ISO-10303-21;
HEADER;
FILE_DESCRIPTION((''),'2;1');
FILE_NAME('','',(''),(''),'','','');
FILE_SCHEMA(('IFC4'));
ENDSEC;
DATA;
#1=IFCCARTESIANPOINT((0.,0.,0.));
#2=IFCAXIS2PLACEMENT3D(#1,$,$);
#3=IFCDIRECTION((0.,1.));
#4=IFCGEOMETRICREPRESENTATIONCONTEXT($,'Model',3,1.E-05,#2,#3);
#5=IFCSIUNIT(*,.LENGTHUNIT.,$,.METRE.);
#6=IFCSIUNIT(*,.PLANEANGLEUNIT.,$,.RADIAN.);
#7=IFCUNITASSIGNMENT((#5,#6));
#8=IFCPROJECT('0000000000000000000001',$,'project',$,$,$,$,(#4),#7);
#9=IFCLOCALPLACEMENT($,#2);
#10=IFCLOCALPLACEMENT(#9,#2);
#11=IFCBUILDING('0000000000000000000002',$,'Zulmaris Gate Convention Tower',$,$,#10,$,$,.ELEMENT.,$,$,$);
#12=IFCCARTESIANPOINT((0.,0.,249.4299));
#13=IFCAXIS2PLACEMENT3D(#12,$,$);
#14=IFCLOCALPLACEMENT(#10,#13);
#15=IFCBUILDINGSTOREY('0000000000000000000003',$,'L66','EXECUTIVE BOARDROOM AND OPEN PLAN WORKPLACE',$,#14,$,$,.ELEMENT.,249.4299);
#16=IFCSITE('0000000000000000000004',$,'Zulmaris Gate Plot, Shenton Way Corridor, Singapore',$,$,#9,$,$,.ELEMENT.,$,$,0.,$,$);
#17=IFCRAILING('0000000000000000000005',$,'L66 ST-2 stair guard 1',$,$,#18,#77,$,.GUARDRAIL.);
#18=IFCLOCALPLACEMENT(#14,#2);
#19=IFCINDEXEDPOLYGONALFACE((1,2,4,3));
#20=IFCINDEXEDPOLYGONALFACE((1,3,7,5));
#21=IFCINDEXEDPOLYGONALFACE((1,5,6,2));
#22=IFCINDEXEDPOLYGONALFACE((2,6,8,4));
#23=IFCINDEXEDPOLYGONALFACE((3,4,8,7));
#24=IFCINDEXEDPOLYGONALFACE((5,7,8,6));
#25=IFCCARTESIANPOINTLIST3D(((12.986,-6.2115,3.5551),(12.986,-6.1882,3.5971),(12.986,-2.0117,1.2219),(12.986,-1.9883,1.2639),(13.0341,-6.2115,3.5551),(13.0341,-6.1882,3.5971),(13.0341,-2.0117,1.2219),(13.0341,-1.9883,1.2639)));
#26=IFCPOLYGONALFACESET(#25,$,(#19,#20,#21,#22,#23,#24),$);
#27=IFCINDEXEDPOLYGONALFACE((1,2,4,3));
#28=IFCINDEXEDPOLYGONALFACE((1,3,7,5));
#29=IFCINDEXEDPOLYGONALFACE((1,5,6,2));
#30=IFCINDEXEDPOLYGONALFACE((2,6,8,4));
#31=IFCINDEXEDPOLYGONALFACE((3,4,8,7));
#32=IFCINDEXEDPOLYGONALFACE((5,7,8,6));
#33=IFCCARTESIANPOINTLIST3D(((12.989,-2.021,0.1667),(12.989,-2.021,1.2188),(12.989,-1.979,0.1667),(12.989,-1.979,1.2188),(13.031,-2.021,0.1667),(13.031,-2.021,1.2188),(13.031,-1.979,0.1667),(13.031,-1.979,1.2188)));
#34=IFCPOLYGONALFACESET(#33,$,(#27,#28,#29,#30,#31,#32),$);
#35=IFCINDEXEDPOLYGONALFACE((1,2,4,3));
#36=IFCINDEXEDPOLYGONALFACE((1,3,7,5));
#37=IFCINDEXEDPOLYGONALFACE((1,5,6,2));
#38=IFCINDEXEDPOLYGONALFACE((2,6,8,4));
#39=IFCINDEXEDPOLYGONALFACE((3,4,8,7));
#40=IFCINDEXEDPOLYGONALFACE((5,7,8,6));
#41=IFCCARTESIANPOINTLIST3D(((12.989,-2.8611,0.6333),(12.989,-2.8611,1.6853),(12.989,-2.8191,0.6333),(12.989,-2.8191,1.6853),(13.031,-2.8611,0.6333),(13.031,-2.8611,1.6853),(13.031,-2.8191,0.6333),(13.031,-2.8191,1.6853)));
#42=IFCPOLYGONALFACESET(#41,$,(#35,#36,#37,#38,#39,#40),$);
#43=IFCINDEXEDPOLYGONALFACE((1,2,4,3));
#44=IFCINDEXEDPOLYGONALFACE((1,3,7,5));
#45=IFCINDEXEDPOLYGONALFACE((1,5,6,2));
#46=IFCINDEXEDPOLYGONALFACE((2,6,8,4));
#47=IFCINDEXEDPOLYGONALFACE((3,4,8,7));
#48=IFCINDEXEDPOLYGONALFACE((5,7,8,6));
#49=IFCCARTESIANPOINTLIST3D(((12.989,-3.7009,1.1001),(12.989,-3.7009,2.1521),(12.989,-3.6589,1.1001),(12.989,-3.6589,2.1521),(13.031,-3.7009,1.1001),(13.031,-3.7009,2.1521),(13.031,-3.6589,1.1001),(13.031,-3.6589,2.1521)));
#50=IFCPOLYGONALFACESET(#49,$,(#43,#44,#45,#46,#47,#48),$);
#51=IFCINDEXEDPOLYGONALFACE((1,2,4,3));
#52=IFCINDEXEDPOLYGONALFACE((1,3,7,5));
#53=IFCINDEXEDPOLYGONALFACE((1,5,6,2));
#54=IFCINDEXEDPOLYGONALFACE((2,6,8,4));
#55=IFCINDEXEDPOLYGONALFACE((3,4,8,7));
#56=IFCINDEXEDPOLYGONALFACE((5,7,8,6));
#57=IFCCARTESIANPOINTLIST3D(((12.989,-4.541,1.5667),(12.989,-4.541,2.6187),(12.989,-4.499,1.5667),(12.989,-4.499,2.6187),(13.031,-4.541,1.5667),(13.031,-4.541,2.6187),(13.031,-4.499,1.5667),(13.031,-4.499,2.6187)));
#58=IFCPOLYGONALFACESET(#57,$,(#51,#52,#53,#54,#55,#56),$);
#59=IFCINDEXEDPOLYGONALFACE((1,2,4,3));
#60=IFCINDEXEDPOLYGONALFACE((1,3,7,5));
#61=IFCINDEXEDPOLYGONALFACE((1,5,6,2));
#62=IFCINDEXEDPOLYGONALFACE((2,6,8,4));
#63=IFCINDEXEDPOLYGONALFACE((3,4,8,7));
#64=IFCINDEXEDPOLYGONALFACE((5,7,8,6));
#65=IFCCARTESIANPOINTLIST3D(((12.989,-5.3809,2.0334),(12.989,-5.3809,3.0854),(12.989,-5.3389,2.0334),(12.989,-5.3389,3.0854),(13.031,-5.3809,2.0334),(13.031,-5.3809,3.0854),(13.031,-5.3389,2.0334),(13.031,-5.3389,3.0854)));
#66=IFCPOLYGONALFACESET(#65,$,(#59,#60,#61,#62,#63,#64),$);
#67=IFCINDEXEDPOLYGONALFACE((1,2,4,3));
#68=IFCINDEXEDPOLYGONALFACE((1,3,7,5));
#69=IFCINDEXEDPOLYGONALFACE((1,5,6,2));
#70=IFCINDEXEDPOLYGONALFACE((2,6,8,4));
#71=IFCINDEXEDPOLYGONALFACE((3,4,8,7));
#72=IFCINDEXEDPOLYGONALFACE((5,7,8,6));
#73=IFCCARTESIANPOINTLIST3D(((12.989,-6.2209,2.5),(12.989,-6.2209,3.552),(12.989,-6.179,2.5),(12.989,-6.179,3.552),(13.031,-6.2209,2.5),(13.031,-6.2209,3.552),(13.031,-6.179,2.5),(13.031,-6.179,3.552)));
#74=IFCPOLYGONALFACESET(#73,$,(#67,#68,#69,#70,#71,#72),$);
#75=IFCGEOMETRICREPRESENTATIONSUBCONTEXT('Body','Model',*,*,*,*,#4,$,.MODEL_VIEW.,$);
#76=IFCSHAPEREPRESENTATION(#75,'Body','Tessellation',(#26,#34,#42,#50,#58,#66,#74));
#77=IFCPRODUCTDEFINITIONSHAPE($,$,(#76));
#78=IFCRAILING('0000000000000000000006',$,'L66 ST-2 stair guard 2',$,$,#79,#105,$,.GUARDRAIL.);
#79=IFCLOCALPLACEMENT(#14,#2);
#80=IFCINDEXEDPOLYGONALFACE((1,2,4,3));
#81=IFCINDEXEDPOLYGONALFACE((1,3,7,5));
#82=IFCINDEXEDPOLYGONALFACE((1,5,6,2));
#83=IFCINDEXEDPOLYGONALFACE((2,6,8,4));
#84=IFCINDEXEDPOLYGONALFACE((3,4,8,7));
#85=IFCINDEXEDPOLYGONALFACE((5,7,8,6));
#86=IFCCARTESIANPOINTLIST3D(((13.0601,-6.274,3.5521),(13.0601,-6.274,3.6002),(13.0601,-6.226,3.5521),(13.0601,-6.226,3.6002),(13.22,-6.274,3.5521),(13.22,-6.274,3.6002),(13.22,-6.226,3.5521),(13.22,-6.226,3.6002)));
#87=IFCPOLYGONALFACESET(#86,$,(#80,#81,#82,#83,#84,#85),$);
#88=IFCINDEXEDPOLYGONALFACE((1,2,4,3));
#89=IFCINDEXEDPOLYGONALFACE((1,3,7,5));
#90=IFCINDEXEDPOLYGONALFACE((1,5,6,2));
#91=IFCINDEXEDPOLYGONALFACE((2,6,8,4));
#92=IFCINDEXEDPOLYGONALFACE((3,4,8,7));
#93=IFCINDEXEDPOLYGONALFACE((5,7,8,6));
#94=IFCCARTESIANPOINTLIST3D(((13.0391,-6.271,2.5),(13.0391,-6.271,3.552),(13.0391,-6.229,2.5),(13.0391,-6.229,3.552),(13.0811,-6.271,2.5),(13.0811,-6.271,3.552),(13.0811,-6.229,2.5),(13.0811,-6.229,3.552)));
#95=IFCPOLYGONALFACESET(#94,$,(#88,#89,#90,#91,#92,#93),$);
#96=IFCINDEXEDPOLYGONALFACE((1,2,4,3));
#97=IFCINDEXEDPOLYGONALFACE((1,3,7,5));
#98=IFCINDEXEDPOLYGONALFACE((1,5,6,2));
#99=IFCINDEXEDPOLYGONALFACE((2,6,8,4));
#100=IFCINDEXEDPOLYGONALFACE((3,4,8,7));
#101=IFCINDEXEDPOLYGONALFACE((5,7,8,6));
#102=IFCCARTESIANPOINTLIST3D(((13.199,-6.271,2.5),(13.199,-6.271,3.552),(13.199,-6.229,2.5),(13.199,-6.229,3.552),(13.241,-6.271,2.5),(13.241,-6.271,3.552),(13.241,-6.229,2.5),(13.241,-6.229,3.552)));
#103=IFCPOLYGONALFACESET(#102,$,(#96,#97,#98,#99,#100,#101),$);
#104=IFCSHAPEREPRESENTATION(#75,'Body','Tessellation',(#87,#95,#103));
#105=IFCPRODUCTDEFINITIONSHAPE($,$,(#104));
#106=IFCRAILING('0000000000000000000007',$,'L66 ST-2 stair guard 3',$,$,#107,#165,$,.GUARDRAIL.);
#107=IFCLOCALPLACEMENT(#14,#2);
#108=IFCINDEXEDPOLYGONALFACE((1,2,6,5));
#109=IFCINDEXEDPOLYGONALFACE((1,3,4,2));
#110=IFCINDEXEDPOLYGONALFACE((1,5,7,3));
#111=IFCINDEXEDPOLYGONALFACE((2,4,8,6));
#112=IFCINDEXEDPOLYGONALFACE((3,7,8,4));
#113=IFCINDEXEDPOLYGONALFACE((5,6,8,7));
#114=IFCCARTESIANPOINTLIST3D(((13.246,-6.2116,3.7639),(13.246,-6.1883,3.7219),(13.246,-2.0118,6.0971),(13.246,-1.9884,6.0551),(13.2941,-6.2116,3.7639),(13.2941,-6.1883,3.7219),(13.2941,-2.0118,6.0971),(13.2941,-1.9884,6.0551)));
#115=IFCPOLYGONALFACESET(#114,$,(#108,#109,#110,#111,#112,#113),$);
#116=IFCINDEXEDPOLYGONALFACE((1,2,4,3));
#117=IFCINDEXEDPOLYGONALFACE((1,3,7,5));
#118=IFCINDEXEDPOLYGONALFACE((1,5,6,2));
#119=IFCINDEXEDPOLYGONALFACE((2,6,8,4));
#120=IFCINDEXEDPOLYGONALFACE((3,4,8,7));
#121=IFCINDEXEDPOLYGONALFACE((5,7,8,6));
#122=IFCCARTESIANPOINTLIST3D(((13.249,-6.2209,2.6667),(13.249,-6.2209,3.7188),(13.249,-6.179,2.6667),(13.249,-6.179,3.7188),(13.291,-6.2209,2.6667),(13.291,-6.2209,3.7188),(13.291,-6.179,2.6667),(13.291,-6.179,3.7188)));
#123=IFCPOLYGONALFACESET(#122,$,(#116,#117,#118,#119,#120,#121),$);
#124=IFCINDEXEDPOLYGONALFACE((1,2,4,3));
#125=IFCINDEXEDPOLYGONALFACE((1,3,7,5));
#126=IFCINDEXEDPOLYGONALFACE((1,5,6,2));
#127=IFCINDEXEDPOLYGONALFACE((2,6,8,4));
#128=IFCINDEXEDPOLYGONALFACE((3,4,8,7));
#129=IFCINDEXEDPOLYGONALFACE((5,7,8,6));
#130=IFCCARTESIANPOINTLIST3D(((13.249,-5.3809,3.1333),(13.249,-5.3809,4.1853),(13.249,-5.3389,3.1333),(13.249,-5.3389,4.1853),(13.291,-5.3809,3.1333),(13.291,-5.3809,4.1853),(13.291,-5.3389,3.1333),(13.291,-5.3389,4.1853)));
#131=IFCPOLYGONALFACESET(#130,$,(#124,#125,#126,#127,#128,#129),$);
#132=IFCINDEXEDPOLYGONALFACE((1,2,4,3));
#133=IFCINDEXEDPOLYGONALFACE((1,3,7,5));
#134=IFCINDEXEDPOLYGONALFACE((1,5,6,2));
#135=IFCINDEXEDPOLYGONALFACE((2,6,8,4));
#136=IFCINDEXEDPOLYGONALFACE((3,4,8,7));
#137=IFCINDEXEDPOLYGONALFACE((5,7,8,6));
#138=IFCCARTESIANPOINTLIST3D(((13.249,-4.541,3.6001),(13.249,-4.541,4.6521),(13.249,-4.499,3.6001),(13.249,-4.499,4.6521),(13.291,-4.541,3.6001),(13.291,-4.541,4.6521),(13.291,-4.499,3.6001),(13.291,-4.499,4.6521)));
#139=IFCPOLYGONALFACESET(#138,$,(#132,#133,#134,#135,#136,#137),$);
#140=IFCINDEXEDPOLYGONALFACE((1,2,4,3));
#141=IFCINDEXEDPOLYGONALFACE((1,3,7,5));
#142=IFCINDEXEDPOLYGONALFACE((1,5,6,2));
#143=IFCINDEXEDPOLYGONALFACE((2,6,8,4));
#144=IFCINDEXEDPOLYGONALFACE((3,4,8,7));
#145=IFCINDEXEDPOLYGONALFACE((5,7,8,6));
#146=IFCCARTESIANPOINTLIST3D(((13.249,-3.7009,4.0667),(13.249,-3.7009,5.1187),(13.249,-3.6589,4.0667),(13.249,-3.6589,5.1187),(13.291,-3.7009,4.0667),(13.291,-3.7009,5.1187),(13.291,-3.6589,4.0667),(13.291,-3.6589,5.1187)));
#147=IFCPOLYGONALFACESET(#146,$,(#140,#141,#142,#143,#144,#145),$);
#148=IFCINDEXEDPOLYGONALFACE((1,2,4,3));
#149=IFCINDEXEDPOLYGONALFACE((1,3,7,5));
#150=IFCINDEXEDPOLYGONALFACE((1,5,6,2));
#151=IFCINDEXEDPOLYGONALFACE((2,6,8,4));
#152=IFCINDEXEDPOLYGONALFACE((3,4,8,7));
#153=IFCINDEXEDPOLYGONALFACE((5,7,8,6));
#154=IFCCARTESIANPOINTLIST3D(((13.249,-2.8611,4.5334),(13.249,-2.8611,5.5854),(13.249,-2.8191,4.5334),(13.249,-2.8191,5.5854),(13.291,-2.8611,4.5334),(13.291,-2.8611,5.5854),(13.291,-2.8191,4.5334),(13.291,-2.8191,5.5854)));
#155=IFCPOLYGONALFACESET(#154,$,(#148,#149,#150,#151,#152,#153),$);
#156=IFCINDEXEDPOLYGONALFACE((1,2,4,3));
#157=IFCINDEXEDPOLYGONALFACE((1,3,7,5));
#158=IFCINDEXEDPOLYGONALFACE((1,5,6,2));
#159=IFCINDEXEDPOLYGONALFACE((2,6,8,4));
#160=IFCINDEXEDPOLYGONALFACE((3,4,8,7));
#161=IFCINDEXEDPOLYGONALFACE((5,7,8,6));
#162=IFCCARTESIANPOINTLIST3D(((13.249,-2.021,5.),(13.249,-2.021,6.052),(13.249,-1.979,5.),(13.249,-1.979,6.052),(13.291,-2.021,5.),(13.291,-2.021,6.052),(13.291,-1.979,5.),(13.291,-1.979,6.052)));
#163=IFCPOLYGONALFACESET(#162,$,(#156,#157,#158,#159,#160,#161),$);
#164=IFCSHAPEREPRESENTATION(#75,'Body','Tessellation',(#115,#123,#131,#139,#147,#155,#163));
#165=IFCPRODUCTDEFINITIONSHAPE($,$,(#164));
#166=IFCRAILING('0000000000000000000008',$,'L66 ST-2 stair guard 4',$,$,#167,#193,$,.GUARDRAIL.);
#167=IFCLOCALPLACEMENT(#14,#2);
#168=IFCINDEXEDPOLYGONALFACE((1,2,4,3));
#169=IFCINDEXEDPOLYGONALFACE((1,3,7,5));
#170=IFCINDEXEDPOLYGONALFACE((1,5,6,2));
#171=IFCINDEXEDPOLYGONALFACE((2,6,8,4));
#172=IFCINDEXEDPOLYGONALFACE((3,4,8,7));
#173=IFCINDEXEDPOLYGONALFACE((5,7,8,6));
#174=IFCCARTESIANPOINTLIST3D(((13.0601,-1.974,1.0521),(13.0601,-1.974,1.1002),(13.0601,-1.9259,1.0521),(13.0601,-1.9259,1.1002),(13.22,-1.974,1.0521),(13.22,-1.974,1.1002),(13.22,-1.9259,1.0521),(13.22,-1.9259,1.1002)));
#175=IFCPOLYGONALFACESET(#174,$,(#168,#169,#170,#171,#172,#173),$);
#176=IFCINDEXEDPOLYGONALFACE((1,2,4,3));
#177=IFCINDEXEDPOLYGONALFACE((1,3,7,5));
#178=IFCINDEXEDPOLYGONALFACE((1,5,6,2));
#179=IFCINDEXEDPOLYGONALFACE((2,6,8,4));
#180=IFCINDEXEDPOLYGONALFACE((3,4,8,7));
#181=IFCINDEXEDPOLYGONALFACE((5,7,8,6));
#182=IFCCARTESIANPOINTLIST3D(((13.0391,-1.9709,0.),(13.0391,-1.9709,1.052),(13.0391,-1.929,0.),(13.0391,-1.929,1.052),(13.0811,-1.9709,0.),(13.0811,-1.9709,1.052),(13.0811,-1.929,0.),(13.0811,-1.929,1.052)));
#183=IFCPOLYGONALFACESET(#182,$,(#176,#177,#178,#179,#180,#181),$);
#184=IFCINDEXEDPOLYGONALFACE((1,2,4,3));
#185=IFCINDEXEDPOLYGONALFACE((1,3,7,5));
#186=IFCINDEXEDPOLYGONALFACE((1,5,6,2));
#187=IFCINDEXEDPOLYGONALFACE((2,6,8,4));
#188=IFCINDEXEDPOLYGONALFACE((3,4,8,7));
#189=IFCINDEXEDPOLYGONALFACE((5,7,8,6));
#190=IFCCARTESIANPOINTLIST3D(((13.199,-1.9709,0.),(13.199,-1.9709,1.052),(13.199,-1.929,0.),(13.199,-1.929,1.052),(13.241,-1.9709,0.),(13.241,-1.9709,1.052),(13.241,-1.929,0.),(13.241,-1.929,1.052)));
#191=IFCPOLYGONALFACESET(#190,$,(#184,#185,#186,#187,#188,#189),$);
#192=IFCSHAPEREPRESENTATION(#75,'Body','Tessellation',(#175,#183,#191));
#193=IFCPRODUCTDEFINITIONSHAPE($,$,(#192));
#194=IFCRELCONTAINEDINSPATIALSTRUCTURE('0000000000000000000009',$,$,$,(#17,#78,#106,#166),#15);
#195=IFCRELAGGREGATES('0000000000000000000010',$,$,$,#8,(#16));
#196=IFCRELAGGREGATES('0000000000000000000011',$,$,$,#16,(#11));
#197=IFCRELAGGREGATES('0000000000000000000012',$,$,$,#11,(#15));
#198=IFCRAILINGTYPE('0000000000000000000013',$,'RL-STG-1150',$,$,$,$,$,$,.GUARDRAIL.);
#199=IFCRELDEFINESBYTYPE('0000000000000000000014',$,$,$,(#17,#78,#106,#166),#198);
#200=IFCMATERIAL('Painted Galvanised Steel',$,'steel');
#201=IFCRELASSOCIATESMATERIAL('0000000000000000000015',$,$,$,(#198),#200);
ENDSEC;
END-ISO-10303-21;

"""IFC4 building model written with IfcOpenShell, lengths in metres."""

from ifc_helpers import new_model, si_unit, direction, frame, origin, origin_2d, place, context, subcontext, project, spatial, rectangle, extrude, material, type_object, element, save


model = new_model("IFC4")

# Units and contexts
model_context = context("Model", 3, precision=1e-05, world=origin(), true_north=direction((0.0, 1.0)))
body_context = subcontext(model_context, "Body", "Model", "MODEL_VIEW")
ifc_project = project(units=[si_unit("LENGTHUNIT", "METRE"), si_unit("PLANEANGLEUNIT", "RADIAN")], contexts=[model_context])

# Site, building, storey
site_placement = place(None, origin())
site = spatial("IfcSite", under=ifc_project, at=site_placement, Name="Zulmaris Gate Plot, Shenton Way Corridor, Singapore", CompositionType="ELEMENT", RefElevation=0.0)
building_placement = place(site_placement, origin())
building = spatial("IfcBuilding", under=site, at=building_placement, Name="Zulmaris Gate Convention Tower", CompositionType="ELEMENT")
storey_placement = place(building_placement, frame((0.0, 0.0, 249.4299)))
storey = spatial("IfcBuildingStorey", under=building, at=storey_placement, Name="L66", Description="EXECUTIVE BOARDROOM AND OPEN PLAN WORKPLACE", CompositionType="ELEMENT", Elevation=249.4299)

# Railings
ifc_material_1 = material(Name="Painted Galvanised Steel", Category="steel")
railing_type_1 = type_object("IfcRailingType", Name="RL-STG-1150", PredefinedType="GUARDRAIL", material=ifc_material_1)
railing_1_placement = place(storey_placement, frame((13.01, -2.0, 0.1667)))
element("IfcRailing", 1, at=railing_1_placement, inside=storey, type_object=railing_type_1, Name="L66 ST-2 stair guard 1", PredefinedType="GUARDRAIL", context=body_context, shape_type="SweptSolid", body=[
    extrude(rectangle(XDim=0.0481, YDim=0.0481, at=origin_2d()), frame((0.0, 0.0, 1.0762), z_axis=(0.0, -0.874162, 0.485634), x_axis=(1.0, 0.0, 0.0)), (0.0, 0.0, 1.0), 4.8044),
    extrude(rectangle(XDim=0.042, YDim=0.042, at=origin_2d()), origin(), (0.0, 0.0, 1.0), 1.052),
    extrude(rectangle(XDim=0.042, YDim=0.042, at=origin_2d()), frame((0.0, -0.8401, 0.4666)), (0.0, 0.0, 1.0), 1.052),
    extrude(rectangle(XDim=0.042, YDim=0.042, at=origin_2d()), frame((0.0, -1.6799, 0.9333)), (0.0, 0.0, 1.0), 1.052),
    extrude(rectangle(XDim=0.042, YDim=0.042, at=origin_2d()), frame((0.0, -2.52, 1.3999)), (0.0, 0.0, 1.0), 1.052),
    extrude(rectangle(XDim=0.042, YDim=0.042, at=origin_2d()), frame((0.0, -3.3599, 1.8667)), (0.0, 0.0, 1.0), 1.052),
    extrude(rectangle(XDim=0.042, YDim=0.042, at=origin_2d()), frame((0.0, -4.2, 2.3333)), (0.0, 0.0, 1.0), 1.052),
])
railing_2_placement = place(storey_placement, frame((13.0601, -6.25, 2.5)))
element("IfcRailing", 2, at=railing_2_placement, inside=storey, type_object=railing_type_1, Name="L66 ST-2 stair guard 2", PredefinedType="GUARDRAIL", context=body_context, shape_type="SweptSolid", body=[
    extrude(rectangle(XDim=0.0481, YDim=0.0481, at=origin_2d()), frame((0.0, 0.0, 1.0762), z_axis=(1.0, 0.0, 0.0), x_axis=(0.0, 1.0, 0.0)), (0.0, 0.0, 1.0), 0.1599),
    extrude(rectangle(XDim=0.042, YDim=0.042, at=origin_2d()), origin(), (0.0, 0.0, 1.0), 1.052),
    extrude(rectangle(XDim=0.042, YDim=0.042, at=origin_2d()), frame((0.1599, 0.0, 0.0)), (0.0, 0.0, 1.0), 1.052),
])
railing_3_placement = place(storey_placement, frame((13.27, -6.2, 2.6667)))
element("IfcRailing", 3, at=railing_3_placement, inside=storey, type_object=railing_type_1, Name="L66 ST-2 stair guard 3", PredefinedType="GUARDRAIL", context=body_context, shape_type="SweptSolid", body=[
    extrude(rectangle(XDim=0.0481, YDim=0.0481, at=origin_2d()), frame((0.0, 0.0, 1.0762), z_axis=(0.0, 0.874162, 0.485634), x_axis=(-1.0, 0.0, 0.0)), (0.0, 0.0, 1.0), 4.8044),
    extrude(rectangle(XDim=0.042, YDim=0.042, at=origin_2d()), origin(), (0.0, 0.0, 1.0), 1.052),
    extrude(rectangle(XDim=0.042, YDim=0.042, at=origin_2d()), frame((0.0, 0.8401, 0.4666)), (0.0, 0.0, 1.0), 1.052),
    extrude(rectangle(XDim=0.042, YDim=0.042, at=origin_2d()), frame((0.0, 1.6799, 0.9333)), (0.0, 0.0, 1.0), 1.052),
    extrude(rectangle(XDim=0.042, YDim=0.042, at=origin_2d()), frame((0.0, 2.52, 1.3999)), (0.0, 0.0, 1.0), 1.052),
    extrude(rectangle(XDim=0.042, YDim=0.042, at=origin_2d()), frame((0.0, 3.3599, 1.8667)), (0.0, 0.0, 1.0), 1.052),
    extrude(rectangle(XDim=0.042, YDim=0.042, at=origin_2d()), frame((0.0, 4.2, 2.3333)), (0.0, 0.0, 1.0), 1.052),
])
railing_4_placement = place(storey_placement, frame((13.0601, -1.95, 0.0)))
element("IfcRailing", 4, at=railing_4_placement, inside=storey, type_object=railing_type_1, Name="L66 ST-2 stair guard 4", PredefinedType="GUARDRAIL", context=body_context, shape_type="SweptSolid", body=[
    extrude(rectangle(XDim=0.0481, YDim=0.0481, at=origin_2d()), frame((0.0, 0.0, 1.0762), z_axis=(1.0, 0.0, 0.0), x_axis=(0.0, 1.0, 0.0)), (0.0, 0.0, 1.0), 0.1599),
    extrude(rectangle(XDim=0.042, YDim=0.042, at=origin_2d()), origin(), (0.0, 0.0, 1.0), 1.052),
    extrude(rectangle(XDim=0.042, YDim=0.042, at=origin_2d()), frame((0.1599, 0.0, 0.0)), (0.0, 0.0, 1.0), 1.052),
])

save(model, "model.ifc")
